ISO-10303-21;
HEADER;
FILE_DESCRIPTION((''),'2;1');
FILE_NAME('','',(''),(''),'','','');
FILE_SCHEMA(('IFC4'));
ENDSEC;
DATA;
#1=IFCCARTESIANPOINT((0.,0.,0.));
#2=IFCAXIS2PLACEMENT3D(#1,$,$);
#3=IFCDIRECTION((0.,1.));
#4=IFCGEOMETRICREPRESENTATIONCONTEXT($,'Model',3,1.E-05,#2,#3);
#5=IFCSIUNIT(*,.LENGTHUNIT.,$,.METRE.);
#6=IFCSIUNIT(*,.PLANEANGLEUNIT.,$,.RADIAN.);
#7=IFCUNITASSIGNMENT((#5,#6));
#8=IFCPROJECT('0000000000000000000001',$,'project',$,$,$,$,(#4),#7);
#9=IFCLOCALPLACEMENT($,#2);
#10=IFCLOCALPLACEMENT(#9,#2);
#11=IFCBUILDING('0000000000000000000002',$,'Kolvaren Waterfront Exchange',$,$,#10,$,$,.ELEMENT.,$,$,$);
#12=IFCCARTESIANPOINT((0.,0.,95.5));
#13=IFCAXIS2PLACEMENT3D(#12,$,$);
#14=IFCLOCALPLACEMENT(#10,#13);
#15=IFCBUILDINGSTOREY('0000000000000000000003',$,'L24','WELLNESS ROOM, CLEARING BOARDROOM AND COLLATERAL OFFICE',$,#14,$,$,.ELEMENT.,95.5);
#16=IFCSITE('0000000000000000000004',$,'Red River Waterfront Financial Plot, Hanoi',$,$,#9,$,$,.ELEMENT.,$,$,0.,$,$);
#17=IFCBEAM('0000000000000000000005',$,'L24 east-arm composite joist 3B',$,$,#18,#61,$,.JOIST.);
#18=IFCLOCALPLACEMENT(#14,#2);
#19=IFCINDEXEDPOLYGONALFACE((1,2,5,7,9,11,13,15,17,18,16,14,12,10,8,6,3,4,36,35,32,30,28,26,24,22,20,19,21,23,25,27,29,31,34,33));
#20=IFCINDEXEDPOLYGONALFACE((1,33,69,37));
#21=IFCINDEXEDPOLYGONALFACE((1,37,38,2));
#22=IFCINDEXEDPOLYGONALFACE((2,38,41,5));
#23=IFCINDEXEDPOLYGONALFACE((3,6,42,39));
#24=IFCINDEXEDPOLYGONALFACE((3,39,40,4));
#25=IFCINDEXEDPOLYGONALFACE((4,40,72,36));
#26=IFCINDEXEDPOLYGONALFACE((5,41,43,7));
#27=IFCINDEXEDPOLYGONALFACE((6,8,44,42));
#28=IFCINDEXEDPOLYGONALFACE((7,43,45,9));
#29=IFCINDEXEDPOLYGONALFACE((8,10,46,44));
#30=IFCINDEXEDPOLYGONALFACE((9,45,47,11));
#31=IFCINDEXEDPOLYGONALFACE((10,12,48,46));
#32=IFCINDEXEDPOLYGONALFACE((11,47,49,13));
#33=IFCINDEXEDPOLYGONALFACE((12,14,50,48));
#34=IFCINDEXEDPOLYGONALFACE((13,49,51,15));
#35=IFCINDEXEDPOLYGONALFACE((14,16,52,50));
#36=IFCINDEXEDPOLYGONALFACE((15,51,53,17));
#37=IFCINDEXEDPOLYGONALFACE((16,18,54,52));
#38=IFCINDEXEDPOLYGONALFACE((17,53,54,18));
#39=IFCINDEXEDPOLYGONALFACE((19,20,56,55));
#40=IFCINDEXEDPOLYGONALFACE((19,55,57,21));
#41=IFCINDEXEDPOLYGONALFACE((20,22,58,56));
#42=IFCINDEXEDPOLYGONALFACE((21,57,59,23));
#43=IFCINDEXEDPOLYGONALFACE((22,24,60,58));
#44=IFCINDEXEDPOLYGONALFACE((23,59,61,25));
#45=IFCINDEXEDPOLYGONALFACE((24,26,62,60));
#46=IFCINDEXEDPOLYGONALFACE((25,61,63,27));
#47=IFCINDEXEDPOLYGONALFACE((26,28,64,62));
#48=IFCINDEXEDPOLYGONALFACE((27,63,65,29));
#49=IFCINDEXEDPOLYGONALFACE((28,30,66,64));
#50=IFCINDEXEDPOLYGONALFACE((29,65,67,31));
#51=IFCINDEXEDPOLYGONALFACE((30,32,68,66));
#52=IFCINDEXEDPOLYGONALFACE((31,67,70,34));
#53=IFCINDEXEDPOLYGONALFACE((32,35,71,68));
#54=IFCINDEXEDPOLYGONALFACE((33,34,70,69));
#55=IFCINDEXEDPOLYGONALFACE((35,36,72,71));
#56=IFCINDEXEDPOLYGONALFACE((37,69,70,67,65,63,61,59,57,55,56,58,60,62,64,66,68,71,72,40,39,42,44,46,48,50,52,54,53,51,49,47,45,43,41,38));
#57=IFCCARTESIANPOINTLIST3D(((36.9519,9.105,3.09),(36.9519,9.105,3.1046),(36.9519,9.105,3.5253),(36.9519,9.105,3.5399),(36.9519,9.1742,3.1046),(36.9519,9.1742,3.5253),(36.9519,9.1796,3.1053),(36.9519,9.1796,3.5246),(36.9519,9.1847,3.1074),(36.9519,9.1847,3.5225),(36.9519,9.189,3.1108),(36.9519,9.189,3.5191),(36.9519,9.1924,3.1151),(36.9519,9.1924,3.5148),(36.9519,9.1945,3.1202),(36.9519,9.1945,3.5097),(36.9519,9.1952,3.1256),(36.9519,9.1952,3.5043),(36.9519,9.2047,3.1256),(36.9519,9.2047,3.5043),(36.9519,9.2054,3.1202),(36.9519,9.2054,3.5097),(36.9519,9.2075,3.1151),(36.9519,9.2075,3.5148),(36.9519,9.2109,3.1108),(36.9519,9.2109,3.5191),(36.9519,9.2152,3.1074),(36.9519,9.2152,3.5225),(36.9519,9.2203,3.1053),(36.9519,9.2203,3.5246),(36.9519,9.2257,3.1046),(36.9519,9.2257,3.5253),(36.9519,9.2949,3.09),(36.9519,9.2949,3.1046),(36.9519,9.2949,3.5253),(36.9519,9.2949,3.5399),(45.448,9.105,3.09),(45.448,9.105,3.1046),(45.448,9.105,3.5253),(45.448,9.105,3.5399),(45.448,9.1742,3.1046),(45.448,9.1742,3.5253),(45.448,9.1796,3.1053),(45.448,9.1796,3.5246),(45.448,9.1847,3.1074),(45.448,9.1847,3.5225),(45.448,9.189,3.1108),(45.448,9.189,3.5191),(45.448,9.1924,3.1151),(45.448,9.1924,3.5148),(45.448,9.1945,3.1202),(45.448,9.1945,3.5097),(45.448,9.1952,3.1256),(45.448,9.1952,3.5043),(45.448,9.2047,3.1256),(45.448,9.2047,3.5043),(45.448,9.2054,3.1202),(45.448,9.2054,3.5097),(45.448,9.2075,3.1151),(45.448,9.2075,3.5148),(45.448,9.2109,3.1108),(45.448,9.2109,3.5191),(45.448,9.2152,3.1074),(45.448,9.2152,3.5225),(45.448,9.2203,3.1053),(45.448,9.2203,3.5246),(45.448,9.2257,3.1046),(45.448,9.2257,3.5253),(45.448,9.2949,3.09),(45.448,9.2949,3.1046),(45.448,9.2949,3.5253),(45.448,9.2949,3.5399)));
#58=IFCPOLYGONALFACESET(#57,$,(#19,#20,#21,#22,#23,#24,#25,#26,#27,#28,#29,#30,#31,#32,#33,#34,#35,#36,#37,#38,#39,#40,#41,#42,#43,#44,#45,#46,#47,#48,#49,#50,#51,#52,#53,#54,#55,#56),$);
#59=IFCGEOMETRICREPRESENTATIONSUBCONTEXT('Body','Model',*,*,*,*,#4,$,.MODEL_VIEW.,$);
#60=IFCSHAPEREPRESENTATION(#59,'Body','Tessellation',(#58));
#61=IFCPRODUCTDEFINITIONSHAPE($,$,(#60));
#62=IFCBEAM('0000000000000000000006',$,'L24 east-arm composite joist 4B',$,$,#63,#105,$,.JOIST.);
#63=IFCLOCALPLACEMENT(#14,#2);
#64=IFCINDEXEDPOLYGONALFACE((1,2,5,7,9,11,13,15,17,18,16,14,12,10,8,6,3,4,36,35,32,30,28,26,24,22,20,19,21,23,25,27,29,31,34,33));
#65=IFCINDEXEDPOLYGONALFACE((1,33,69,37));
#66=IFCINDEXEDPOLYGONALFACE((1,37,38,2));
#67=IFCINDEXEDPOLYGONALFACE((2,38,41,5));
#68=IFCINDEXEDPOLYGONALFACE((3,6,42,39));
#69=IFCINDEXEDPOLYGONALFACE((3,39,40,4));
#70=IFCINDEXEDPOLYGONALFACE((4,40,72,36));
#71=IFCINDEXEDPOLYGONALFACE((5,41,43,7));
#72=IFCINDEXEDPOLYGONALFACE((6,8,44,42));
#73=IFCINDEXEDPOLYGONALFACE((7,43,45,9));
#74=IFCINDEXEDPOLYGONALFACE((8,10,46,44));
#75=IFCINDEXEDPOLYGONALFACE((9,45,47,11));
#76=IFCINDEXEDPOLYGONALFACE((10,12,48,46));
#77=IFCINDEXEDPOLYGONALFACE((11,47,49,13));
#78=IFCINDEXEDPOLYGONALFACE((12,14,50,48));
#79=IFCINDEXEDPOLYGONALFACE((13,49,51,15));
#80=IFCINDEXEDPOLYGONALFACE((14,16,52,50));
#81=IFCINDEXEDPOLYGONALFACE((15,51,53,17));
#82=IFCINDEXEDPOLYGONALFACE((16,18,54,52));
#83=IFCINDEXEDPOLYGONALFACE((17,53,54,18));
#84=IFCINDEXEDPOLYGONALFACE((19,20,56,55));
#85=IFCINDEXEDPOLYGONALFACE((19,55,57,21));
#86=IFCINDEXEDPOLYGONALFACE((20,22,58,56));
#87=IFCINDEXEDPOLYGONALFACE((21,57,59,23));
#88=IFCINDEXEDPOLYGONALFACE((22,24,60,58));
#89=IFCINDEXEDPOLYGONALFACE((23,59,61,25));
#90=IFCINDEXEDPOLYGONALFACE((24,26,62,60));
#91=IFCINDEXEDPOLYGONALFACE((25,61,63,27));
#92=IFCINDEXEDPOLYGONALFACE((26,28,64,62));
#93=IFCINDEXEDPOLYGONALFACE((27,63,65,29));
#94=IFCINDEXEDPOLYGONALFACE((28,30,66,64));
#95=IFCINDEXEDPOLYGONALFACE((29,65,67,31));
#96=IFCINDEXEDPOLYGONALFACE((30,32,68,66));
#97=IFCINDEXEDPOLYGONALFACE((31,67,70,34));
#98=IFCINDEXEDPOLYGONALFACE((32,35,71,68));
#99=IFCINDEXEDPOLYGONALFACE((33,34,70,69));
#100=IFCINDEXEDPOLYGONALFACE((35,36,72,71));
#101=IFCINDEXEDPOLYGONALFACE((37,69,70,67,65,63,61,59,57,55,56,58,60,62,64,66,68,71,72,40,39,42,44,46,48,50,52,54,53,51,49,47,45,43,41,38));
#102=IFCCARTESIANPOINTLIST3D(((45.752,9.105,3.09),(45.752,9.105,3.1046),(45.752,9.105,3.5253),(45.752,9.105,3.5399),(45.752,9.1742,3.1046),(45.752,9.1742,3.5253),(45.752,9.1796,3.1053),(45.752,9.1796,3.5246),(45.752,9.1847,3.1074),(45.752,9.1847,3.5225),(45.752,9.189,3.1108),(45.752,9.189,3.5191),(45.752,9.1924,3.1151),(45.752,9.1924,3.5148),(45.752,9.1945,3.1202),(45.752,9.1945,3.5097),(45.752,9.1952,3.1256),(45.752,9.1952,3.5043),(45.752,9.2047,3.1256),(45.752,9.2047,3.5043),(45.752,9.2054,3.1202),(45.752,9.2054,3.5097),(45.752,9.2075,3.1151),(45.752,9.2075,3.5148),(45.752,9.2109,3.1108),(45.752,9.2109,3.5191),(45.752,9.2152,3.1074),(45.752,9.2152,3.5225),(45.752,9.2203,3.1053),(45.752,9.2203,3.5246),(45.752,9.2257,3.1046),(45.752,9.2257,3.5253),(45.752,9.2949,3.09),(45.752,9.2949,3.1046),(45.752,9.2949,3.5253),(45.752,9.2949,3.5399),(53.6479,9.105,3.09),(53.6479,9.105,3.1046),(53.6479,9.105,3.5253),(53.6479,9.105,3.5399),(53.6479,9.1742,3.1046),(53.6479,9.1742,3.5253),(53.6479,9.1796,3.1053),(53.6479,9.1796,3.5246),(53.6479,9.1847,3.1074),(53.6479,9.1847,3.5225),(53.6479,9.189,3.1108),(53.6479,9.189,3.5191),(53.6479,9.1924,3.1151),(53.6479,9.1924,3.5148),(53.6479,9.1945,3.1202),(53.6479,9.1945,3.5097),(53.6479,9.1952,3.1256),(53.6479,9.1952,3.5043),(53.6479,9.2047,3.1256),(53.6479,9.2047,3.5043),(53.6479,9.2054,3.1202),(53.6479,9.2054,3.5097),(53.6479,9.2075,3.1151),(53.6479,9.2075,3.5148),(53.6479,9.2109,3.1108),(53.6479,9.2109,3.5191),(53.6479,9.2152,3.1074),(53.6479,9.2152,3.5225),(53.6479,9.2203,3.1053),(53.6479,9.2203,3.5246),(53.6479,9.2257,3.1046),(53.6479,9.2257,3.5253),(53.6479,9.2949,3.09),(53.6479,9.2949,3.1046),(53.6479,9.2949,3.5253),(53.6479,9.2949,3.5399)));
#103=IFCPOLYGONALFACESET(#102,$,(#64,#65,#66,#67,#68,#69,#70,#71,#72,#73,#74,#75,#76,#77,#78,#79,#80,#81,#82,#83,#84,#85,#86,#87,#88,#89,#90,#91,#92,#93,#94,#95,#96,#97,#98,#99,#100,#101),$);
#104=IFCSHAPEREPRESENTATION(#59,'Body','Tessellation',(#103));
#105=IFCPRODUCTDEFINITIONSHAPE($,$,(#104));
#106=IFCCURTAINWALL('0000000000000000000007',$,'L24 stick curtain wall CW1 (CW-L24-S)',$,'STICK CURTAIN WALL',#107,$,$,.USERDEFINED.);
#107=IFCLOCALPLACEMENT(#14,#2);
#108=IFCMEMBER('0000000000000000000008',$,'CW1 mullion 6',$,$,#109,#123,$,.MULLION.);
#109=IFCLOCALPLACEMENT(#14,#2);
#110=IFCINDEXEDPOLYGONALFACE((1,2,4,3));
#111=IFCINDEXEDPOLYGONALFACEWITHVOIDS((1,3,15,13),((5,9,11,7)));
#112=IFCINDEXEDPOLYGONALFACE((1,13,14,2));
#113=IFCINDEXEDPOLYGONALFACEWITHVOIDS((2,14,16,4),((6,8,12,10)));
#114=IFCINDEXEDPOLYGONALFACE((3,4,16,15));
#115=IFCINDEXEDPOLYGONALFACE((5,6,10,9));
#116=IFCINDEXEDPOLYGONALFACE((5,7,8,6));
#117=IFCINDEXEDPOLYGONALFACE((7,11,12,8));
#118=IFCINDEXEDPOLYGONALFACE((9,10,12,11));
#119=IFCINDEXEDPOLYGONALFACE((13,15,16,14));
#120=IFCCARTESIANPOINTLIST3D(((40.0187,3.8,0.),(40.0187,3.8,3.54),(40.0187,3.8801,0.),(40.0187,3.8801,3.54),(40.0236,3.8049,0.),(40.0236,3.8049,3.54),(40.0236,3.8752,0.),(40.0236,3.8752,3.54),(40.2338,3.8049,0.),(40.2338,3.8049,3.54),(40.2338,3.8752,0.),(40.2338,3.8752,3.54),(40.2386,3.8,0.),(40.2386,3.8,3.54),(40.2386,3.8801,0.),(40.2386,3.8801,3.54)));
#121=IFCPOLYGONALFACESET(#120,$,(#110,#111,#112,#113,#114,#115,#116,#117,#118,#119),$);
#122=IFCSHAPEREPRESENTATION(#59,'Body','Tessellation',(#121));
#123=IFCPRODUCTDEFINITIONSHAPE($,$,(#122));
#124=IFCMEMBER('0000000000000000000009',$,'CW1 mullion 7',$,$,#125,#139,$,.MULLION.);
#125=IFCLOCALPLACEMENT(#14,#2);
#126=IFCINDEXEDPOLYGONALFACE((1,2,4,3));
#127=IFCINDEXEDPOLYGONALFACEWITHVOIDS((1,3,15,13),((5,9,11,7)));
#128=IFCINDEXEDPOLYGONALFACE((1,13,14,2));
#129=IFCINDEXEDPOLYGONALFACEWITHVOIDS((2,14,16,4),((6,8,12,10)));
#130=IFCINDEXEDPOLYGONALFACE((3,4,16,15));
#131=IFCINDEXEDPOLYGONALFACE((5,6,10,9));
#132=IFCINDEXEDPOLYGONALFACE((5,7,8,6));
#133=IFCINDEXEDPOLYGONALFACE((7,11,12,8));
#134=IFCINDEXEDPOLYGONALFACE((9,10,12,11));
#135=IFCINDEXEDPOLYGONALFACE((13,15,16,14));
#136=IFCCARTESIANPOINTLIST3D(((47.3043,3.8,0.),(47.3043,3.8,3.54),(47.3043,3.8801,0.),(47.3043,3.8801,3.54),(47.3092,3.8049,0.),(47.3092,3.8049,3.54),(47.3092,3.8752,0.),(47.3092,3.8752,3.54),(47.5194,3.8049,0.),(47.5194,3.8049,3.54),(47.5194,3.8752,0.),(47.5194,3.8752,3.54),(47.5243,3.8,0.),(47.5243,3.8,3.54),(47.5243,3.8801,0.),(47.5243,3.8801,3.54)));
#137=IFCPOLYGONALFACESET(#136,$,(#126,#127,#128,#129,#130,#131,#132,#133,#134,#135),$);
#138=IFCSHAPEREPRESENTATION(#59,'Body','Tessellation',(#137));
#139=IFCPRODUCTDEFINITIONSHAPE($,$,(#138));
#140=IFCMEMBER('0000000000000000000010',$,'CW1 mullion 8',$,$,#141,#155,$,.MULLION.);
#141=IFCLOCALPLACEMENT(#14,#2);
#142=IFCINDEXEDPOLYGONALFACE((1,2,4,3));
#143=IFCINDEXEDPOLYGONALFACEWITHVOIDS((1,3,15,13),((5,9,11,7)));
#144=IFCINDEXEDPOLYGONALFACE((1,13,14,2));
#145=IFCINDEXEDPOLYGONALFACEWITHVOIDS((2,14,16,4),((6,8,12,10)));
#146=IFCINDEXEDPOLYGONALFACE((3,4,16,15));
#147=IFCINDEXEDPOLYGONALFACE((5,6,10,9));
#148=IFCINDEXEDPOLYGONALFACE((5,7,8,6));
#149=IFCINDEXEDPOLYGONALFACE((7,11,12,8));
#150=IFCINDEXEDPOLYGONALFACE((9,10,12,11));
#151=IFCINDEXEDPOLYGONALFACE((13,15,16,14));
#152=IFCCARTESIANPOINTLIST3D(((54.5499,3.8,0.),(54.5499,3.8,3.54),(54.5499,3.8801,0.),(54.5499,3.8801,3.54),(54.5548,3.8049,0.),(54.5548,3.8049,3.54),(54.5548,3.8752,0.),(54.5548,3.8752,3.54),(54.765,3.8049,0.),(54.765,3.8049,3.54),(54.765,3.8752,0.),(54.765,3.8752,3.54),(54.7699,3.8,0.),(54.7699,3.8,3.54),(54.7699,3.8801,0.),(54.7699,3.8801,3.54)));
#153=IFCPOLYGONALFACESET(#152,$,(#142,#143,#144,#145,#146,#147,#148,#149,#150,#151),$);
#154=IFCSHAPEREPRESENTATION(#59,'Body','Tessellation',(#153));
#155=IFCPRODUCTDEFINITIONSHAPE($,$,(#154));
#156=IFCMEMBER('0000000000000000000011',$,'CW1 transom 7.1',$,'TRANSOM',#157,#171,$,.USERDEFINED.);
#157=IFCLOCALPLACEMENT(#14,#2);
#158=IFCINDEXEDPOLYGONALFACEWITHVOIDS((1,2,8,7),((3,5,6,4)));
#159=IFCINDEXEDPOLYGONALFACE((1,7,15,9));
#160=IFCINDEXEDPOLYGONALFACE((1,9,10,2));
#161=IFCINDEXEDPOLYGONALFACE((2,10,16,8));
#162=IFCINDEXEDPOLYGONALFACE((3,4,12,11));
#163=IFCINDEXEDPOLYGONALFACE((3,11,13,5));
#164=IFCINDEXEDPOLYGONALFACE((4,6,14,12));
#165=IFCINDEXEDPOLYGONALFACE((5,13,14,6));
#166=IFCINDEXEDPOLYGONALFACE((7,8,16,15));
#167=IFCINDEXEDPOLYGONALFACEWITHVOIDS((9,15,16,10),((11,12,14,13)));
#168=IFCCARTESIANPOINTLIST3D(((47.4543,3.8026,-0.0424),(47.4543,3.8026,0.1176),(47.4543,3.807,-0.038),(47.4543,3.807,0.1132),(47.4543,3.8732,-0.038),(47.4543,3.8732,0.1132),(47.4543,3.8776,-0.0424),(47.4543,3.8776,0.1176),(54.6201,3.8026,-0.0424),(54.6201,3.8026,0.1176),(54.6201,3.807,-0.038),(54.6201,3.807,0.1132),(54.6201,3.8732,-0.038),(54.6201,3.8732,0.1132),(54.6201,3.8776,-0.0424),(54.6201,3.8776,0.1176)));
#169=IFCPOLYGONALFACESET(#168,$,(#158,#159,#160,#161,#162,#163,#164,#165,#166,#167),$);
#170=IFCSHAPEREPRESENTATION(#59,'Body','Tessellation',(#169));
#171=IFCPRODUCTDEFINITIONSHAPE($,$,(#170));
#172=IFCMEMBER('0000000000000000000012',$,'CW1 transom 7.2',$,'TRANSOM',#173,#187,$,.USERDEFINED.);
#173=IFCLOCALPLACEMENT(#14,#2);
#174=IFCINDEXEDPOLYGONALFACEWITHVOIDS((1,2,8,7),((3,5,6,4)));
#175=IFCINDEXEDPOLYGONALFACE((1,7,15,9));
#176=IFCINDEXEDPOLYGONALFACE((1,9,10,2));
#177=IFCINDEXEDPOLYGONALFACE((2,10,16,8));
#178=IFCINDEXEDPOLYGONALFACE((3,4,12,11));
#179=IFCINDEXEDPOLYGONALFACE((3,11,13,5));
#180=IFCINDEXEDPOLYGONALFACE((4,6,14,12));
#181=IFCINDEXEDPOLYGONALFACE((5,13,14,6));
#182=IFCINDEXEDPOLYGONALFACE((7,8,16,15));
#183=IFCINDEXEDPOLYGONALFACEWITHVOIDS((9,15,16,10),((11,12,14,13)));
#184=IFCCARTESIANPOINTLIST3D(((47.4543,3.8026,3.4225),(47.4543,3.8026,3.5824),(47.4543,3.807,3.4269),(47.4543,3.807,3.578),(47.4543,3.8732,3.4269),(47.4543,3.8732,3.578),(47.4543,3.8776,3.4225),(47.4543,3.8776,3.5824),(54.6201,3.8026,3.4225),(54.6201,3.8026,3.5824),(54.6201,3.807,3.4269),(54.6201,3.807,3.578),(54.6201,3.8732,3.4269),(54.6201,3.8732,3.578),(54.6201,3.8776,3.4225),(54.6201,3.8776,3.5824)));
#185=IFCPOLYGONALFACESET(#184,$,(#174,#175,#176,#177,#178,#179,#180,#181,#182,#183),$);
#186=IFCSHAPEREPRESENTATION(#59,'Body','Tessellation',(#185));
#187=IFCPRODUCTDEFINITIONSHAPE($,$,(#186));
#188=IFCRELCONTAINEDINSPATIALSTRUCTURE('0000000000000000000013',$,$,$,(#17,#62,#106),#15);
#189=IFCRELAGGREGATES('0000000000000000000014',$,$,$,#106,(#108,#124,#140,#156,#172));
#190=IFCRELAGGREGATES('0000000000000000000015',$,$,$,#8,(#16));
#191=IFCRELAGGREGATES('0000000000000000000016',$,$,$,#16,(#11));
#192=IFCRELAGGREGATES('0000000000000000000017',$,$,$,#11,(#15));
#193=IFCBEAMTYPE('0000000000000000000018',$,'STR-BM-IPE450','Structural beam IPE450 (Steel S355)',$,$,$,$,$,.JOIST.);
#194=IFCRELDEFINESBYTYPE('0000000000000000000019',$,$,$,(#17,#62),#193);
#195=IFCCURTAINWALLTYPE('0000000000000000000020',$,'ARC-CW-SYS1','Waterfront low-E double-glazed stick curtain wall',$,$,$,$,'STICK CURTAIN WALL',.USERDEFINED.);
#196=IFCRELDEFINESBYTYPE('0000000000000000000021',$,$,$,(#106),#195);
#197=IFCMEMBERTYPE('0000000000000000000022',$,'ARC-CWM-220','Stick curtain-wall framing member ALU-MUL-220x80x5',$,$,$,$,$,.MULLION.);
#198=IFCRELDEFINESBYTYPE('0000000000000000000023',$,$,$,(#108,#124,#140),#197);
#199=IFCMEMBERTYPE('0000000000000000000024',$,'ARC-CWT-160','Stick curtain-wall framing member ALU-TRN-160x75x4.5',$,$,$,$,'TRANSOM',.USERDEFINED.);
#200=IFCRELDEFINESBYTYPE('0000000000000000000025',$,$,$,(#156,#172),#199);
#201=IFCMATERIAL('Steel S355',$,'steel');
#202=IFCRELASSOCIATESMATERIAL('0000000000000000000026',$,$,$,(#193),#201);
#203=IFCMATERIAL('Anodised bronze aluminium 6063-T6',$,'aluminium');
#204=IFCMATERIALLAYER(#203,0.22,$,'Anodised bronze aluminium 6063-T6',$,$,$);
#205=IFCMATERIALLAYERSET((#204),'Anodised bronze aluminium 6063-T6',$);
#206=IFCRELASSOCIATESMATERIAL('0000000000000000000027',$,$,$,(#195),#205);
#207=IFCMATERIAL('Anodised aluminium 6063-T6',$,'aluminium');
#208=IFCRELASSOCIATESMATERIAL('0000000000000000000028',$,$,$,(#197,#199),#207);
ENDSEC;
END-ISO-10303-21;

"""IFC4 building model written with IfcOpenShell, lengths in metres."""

from ifc_helpers import new_model, si_unit, direction, frame, origin, origin_with_axes, origin_2d, place, context, subcontext, project, spatial, hollow_rectangle, i_section, extrude, source, transform, mapped, material, layer, layer_set, material_profile, profile_set, type_object, element, aggregate, save


model = new_model("IFC4")

# Units and contexts
model_context = context("Model", 3, precision=1e-05, world=origin(), true_north=direction((0.0, 1.0)))
body_context = subcontext(model_context, "Body", "Model", "MODEL_VIEW")
ifc_project = project(units=[si_unit("LENGTHUNIT", "METRE"), si_unit("PLANEANGLEUNIT", "RADIAN")], contexts=[model_context])

# Site, building, storey
site_placement = place(None, origin())
site = spatial("IfcSite", under=ifc_project, at=site_placement, Name="Red River Waterfront Financial Plot, Hanoi", CompositionType="ELEMENT", RefElevation=0.0)
building_placement = place(site_placement, origin())
building = spatial("IfcBuilding", under=site, at=building_placement, Name="Kolvaren Waterfront Exchange", CompositionType="ELEMENT")
storey_placement = place(building_placement, frame((0.0, 0.0, 95.5)))
storey = spatial("IfcBuildingStorey", under=building, at=storey_placement, Name="L24", Description="WELLNESS ROOM, CLEARING BOARDROOM AND COLLATERAL OFFICE", CompositionType="ELEMENT", Elevation=95.5)

# Beams
ifc_material_1 = material(Name="Steel S355", Category="steel")
ifc_material_profile_1 = material_profile(ifc_material_1, i_section(OverallWidth=0.1899, OverallDepth=0.45, WebThickness=0.0095, FlangeThickness=0.0146, FilletRadius=0.021, at=origin_2d()), Name="IPE450")
ifc_profile_set_1 = profile_set([ifc_material_profile_1], Name="Steel S355")
beam_type_1 = type_object("IfcBeamType", Name="STR-BM-IPE450", Description="Structural beam IPE450 (Steel S355)", PredefinedType="JOIST", material=ifc_profile_set_1)
beam_1_placement = place(storey_placement, frame((36.9519, 9.2, 3.3149), z_axis=(1.0, 0.0, 0.0), x_axis=(0.0, 1.0, 0.0)))
element("IfcBeam", 1, at=beam_1_placement, inside=storey, type_object=beam_type_1, Name="L24 east-arm composite joist 3B", PredefinedType="JOIST", context=body_context, shape_type="SweptSolid", body=[
    extrude(i_section(OverallWidth=0.1899, OverallDepth=0.45, WebThickness=0.0095, FlangeThickness=0.0146, FilletRadius=0.021, at=origin_2d()), origin(), (0.0, 0.0, 1.0), 8.4961),
])
beam_2_placement = place(storey_placement, frame((45.752, 9.2, 3.3149), z_axis=(1.0, 0.0, 0.0), x_axis=(0.0, 1.0, 0.0)))
element("IfcBeam", 2, at=beam_2_placement, inside=storey, type_object=beam_type_1, Name="L24 east-arm composite joist 4B", PredefinedType="JOIST", context=body_context, shape_type="SweptSolid", body=[
    extrude(i_section(OverallWidth=0.1899, OverallDepth=0.45, WebThickness=0.0095, FlangeThickness=0.0146, FilletRadius=0.021, at=origin_2d()), origin(), (0.0, 0.0, 1.0), 7.896),
])

# Curtain wall, members
ifc_material_2 = material(Name="Anodised bronze aluminium 6063-T6", Category="aluminium")
ifc_layer_1 = layer(ifc_material_2, 0.22, Name="Anodised bronze aluminium 6063-T6")
ifc_layer_set_1 = layer_set([ifc_layer_1], Name="Anodised bronze aluminium 6063-T6")
curtain_wall_type = type_object("IfcCurtainWallType", Name="ARC-CW-SYS1", Description="Waterfront low-E double-glazed stick curtain wall", ElementType="STICK CURTAIN WALL", PredefinedType="USERDEFINED", material=ifc_layer_set_1)
curtain_wall_placement = place(storey_placement, origin())
curtain_wall = element("IfcCurtainWall", 3, at=curtain_wall_placement, inside=storey, type_object=curtain_wall_type, Name="L24 stick curtain wall CW1 (CW-L24-S)", ObjectType="STICK CURTAIN WALL", PredefinedType="USERDEFINED")
ifc_material_3 = material(Name="Anodised aluminium 6063-T6", Category="aluminium")
ifc_material_profile_2 = material_profile(ifc_material_3, hollow_rectangle(XDim=0.0801, YDim=0.22, WallThickness=0.0049, at=origin_2d()), Name="ALU-MUL-220x80x5")
ifc_profile_set_2 = profile_set([ifc_material_profile_2], Name="Anodised aluminium 6063-T6")
member_type_1 = type_object("IfcMemberType", Name="ARC-CWM-220", Description="Stick curtain-wall framing member ALU-MUL-220x80x5", PredefinedType="MULLION", material=ifc_profile_set_2)
shared_shape_1 = source(origin_with_axes(), body_context, "Body", "SweptSolid", [
    extrude(hollow_rectangle(XDim=0.0801, YDim=0.22, WallThickness=0.0049, at=origin_2d()), origin(), (0.0, 0.0, 1.0), 3.54),
])
member_1_placement = place(storey_placement, frame((40.1287, 3.8401, 0.0), z_axis=(0.0, 0.0, 1.0), x_axis=(0.0, 1.0, 0.0)))
member_1 = element("IfcMember", 4, at=member_1_placement, type_object=member_type_1, Name="CW1 mullion 6", PredefinedType="MULLION", context=body_context, shape_type="MappedRepresentation", body=[
    mapped(shared_shape_1, transform((0.0, 0.0, 0.0), x_axis=(1.0, 0.0, 0.0), y_axis=(0.0, 1.0, 0.0), z_axis=(0.0, 0.0, 1.0), scale=1.0)),
])
member_2_placement = place(storey_placement, frame((47.4143, 3.8401, 0.0), z_axis=(0.0, 0.0, 1.0), x_axis=(0.0, 1.0, 0.0)))
member_2 = element("IfcMember", 5, at=member_2_placement, type_object=member_type_1, Name="CW1 mullion 7", PredefinedType="MULLION", context=body_context, shape_type="MappedRepresentation", body=[
    mapped(shared_shape_1, transform((0.0, 0.0, 0.0), x_axis=(1.0, 0.0, 0.0), y_axis=(0.0, 1.0, 0.0), z_axis=(0.0, 0.0, 1.0), scale=1.0)),
])
member_3_placement = place(storey_placement, frame((54.6599, 3.8401, 0.0), z_axis=(0.0, 0.0, 1.0), x_axis=(0.0, 1.0, 0.0)))
member_3 = element("IfcMember", 6, at=member_3_placement, type_object=member_type_1, Name="CW1 mullion 8", PredefinedType="MULLION", context=body_context, shape_type="MappedRepresentation", body=[
    mapped(shared_shape_1, transform((0.0, 0.0, 0.0), x_axis=(1.0, 0.0, 0.0), y_axis=(0.0, 1.0, 0.0), z_axis=(0.0, 0.0, 1.0), scale=1.0)),
])
ifc_material_profile_3 = material_profile(ifc_material_3, hollow_rectangle(XDim=0.075, YDim=0.1599, WallThickness=0.0044, at=origin_2d()), Name="ALU-TRN-160x75x4.5")
ifc_profile_set_3 = profile_set([ifc_material_profile_3], Name="Anodised aluminium 6063-T6")
member_type_2 = type_object("IfcMemberType", Name="ARC-CWT-160", Description="Stick curtain-wall framing member ALU-TRN-160x75x4.5", ElementType="TRANSOM", PredefinedType="USERDEFINED", material=ifc_profile_set_3)
shared_shape_2 = source(origin_with_axes(), body_context, "Body", "SweptSolid", [
    extrude(hollow_rectangle(XDim=0.075, YDim=0.1599, WallThickness=0.0044, at=origin_2d()), origin(), (0.0, 0.0, 1.0), 7.1658),
])
member_4_placement = place(storey_placement, frame((47.4543, 3.8401, 0.0376), z_axis=(1.0, 0.0, 0.0), x_axis=(0.0, 1.0, 0.0)))
member_4 = element("IfcMember", 7, at=member_4_placement, type_object=member_type_2, Name="CW1 transom 7.1", ObjectType="TRANSOM", PredefinedType="USERDEFINED", context=body_context, shape_type="MappedRepresentation", body=[
    mapped(shared_shape_2, transform((0.0, 0.0, 0.0), x_axis=(1.0, 0.0, 0.0), y_axis=(0.0, 1.0, 0.0), z_axis=(0.0, 0.0, 1.0), scale=1.0)),
])
member_5_placement = place(storey_placement, frame((47.4543, 3.8401, 3.5024), z_axis=(1.0, 0.0, 0.0), x_axis=(0.0, 1.0, 0.0)))
member_5 = element("IfcMember", 8, at=member_5_placement, type_object=member_type_2, Name="CW1 transom 7.2", ObjectType="TRANSOM", PredefinedType="USERDEFINED", context=body_context, shape_type="MappedRepresentation", body=[
    mapped(shared_shape_2, transform((0.0, 0.0, 0.0), x_axis=(1.0, 0.0, 0.0), y_axis=(0.0, 1.0, 0.0), z_axis=(0.0, 0.0, 1.0), scale=1.0)),
])
aggregate(curtain_wall, [member_1, member_2, member_3, member_4, member_5])

save(model, "model.ifc")
